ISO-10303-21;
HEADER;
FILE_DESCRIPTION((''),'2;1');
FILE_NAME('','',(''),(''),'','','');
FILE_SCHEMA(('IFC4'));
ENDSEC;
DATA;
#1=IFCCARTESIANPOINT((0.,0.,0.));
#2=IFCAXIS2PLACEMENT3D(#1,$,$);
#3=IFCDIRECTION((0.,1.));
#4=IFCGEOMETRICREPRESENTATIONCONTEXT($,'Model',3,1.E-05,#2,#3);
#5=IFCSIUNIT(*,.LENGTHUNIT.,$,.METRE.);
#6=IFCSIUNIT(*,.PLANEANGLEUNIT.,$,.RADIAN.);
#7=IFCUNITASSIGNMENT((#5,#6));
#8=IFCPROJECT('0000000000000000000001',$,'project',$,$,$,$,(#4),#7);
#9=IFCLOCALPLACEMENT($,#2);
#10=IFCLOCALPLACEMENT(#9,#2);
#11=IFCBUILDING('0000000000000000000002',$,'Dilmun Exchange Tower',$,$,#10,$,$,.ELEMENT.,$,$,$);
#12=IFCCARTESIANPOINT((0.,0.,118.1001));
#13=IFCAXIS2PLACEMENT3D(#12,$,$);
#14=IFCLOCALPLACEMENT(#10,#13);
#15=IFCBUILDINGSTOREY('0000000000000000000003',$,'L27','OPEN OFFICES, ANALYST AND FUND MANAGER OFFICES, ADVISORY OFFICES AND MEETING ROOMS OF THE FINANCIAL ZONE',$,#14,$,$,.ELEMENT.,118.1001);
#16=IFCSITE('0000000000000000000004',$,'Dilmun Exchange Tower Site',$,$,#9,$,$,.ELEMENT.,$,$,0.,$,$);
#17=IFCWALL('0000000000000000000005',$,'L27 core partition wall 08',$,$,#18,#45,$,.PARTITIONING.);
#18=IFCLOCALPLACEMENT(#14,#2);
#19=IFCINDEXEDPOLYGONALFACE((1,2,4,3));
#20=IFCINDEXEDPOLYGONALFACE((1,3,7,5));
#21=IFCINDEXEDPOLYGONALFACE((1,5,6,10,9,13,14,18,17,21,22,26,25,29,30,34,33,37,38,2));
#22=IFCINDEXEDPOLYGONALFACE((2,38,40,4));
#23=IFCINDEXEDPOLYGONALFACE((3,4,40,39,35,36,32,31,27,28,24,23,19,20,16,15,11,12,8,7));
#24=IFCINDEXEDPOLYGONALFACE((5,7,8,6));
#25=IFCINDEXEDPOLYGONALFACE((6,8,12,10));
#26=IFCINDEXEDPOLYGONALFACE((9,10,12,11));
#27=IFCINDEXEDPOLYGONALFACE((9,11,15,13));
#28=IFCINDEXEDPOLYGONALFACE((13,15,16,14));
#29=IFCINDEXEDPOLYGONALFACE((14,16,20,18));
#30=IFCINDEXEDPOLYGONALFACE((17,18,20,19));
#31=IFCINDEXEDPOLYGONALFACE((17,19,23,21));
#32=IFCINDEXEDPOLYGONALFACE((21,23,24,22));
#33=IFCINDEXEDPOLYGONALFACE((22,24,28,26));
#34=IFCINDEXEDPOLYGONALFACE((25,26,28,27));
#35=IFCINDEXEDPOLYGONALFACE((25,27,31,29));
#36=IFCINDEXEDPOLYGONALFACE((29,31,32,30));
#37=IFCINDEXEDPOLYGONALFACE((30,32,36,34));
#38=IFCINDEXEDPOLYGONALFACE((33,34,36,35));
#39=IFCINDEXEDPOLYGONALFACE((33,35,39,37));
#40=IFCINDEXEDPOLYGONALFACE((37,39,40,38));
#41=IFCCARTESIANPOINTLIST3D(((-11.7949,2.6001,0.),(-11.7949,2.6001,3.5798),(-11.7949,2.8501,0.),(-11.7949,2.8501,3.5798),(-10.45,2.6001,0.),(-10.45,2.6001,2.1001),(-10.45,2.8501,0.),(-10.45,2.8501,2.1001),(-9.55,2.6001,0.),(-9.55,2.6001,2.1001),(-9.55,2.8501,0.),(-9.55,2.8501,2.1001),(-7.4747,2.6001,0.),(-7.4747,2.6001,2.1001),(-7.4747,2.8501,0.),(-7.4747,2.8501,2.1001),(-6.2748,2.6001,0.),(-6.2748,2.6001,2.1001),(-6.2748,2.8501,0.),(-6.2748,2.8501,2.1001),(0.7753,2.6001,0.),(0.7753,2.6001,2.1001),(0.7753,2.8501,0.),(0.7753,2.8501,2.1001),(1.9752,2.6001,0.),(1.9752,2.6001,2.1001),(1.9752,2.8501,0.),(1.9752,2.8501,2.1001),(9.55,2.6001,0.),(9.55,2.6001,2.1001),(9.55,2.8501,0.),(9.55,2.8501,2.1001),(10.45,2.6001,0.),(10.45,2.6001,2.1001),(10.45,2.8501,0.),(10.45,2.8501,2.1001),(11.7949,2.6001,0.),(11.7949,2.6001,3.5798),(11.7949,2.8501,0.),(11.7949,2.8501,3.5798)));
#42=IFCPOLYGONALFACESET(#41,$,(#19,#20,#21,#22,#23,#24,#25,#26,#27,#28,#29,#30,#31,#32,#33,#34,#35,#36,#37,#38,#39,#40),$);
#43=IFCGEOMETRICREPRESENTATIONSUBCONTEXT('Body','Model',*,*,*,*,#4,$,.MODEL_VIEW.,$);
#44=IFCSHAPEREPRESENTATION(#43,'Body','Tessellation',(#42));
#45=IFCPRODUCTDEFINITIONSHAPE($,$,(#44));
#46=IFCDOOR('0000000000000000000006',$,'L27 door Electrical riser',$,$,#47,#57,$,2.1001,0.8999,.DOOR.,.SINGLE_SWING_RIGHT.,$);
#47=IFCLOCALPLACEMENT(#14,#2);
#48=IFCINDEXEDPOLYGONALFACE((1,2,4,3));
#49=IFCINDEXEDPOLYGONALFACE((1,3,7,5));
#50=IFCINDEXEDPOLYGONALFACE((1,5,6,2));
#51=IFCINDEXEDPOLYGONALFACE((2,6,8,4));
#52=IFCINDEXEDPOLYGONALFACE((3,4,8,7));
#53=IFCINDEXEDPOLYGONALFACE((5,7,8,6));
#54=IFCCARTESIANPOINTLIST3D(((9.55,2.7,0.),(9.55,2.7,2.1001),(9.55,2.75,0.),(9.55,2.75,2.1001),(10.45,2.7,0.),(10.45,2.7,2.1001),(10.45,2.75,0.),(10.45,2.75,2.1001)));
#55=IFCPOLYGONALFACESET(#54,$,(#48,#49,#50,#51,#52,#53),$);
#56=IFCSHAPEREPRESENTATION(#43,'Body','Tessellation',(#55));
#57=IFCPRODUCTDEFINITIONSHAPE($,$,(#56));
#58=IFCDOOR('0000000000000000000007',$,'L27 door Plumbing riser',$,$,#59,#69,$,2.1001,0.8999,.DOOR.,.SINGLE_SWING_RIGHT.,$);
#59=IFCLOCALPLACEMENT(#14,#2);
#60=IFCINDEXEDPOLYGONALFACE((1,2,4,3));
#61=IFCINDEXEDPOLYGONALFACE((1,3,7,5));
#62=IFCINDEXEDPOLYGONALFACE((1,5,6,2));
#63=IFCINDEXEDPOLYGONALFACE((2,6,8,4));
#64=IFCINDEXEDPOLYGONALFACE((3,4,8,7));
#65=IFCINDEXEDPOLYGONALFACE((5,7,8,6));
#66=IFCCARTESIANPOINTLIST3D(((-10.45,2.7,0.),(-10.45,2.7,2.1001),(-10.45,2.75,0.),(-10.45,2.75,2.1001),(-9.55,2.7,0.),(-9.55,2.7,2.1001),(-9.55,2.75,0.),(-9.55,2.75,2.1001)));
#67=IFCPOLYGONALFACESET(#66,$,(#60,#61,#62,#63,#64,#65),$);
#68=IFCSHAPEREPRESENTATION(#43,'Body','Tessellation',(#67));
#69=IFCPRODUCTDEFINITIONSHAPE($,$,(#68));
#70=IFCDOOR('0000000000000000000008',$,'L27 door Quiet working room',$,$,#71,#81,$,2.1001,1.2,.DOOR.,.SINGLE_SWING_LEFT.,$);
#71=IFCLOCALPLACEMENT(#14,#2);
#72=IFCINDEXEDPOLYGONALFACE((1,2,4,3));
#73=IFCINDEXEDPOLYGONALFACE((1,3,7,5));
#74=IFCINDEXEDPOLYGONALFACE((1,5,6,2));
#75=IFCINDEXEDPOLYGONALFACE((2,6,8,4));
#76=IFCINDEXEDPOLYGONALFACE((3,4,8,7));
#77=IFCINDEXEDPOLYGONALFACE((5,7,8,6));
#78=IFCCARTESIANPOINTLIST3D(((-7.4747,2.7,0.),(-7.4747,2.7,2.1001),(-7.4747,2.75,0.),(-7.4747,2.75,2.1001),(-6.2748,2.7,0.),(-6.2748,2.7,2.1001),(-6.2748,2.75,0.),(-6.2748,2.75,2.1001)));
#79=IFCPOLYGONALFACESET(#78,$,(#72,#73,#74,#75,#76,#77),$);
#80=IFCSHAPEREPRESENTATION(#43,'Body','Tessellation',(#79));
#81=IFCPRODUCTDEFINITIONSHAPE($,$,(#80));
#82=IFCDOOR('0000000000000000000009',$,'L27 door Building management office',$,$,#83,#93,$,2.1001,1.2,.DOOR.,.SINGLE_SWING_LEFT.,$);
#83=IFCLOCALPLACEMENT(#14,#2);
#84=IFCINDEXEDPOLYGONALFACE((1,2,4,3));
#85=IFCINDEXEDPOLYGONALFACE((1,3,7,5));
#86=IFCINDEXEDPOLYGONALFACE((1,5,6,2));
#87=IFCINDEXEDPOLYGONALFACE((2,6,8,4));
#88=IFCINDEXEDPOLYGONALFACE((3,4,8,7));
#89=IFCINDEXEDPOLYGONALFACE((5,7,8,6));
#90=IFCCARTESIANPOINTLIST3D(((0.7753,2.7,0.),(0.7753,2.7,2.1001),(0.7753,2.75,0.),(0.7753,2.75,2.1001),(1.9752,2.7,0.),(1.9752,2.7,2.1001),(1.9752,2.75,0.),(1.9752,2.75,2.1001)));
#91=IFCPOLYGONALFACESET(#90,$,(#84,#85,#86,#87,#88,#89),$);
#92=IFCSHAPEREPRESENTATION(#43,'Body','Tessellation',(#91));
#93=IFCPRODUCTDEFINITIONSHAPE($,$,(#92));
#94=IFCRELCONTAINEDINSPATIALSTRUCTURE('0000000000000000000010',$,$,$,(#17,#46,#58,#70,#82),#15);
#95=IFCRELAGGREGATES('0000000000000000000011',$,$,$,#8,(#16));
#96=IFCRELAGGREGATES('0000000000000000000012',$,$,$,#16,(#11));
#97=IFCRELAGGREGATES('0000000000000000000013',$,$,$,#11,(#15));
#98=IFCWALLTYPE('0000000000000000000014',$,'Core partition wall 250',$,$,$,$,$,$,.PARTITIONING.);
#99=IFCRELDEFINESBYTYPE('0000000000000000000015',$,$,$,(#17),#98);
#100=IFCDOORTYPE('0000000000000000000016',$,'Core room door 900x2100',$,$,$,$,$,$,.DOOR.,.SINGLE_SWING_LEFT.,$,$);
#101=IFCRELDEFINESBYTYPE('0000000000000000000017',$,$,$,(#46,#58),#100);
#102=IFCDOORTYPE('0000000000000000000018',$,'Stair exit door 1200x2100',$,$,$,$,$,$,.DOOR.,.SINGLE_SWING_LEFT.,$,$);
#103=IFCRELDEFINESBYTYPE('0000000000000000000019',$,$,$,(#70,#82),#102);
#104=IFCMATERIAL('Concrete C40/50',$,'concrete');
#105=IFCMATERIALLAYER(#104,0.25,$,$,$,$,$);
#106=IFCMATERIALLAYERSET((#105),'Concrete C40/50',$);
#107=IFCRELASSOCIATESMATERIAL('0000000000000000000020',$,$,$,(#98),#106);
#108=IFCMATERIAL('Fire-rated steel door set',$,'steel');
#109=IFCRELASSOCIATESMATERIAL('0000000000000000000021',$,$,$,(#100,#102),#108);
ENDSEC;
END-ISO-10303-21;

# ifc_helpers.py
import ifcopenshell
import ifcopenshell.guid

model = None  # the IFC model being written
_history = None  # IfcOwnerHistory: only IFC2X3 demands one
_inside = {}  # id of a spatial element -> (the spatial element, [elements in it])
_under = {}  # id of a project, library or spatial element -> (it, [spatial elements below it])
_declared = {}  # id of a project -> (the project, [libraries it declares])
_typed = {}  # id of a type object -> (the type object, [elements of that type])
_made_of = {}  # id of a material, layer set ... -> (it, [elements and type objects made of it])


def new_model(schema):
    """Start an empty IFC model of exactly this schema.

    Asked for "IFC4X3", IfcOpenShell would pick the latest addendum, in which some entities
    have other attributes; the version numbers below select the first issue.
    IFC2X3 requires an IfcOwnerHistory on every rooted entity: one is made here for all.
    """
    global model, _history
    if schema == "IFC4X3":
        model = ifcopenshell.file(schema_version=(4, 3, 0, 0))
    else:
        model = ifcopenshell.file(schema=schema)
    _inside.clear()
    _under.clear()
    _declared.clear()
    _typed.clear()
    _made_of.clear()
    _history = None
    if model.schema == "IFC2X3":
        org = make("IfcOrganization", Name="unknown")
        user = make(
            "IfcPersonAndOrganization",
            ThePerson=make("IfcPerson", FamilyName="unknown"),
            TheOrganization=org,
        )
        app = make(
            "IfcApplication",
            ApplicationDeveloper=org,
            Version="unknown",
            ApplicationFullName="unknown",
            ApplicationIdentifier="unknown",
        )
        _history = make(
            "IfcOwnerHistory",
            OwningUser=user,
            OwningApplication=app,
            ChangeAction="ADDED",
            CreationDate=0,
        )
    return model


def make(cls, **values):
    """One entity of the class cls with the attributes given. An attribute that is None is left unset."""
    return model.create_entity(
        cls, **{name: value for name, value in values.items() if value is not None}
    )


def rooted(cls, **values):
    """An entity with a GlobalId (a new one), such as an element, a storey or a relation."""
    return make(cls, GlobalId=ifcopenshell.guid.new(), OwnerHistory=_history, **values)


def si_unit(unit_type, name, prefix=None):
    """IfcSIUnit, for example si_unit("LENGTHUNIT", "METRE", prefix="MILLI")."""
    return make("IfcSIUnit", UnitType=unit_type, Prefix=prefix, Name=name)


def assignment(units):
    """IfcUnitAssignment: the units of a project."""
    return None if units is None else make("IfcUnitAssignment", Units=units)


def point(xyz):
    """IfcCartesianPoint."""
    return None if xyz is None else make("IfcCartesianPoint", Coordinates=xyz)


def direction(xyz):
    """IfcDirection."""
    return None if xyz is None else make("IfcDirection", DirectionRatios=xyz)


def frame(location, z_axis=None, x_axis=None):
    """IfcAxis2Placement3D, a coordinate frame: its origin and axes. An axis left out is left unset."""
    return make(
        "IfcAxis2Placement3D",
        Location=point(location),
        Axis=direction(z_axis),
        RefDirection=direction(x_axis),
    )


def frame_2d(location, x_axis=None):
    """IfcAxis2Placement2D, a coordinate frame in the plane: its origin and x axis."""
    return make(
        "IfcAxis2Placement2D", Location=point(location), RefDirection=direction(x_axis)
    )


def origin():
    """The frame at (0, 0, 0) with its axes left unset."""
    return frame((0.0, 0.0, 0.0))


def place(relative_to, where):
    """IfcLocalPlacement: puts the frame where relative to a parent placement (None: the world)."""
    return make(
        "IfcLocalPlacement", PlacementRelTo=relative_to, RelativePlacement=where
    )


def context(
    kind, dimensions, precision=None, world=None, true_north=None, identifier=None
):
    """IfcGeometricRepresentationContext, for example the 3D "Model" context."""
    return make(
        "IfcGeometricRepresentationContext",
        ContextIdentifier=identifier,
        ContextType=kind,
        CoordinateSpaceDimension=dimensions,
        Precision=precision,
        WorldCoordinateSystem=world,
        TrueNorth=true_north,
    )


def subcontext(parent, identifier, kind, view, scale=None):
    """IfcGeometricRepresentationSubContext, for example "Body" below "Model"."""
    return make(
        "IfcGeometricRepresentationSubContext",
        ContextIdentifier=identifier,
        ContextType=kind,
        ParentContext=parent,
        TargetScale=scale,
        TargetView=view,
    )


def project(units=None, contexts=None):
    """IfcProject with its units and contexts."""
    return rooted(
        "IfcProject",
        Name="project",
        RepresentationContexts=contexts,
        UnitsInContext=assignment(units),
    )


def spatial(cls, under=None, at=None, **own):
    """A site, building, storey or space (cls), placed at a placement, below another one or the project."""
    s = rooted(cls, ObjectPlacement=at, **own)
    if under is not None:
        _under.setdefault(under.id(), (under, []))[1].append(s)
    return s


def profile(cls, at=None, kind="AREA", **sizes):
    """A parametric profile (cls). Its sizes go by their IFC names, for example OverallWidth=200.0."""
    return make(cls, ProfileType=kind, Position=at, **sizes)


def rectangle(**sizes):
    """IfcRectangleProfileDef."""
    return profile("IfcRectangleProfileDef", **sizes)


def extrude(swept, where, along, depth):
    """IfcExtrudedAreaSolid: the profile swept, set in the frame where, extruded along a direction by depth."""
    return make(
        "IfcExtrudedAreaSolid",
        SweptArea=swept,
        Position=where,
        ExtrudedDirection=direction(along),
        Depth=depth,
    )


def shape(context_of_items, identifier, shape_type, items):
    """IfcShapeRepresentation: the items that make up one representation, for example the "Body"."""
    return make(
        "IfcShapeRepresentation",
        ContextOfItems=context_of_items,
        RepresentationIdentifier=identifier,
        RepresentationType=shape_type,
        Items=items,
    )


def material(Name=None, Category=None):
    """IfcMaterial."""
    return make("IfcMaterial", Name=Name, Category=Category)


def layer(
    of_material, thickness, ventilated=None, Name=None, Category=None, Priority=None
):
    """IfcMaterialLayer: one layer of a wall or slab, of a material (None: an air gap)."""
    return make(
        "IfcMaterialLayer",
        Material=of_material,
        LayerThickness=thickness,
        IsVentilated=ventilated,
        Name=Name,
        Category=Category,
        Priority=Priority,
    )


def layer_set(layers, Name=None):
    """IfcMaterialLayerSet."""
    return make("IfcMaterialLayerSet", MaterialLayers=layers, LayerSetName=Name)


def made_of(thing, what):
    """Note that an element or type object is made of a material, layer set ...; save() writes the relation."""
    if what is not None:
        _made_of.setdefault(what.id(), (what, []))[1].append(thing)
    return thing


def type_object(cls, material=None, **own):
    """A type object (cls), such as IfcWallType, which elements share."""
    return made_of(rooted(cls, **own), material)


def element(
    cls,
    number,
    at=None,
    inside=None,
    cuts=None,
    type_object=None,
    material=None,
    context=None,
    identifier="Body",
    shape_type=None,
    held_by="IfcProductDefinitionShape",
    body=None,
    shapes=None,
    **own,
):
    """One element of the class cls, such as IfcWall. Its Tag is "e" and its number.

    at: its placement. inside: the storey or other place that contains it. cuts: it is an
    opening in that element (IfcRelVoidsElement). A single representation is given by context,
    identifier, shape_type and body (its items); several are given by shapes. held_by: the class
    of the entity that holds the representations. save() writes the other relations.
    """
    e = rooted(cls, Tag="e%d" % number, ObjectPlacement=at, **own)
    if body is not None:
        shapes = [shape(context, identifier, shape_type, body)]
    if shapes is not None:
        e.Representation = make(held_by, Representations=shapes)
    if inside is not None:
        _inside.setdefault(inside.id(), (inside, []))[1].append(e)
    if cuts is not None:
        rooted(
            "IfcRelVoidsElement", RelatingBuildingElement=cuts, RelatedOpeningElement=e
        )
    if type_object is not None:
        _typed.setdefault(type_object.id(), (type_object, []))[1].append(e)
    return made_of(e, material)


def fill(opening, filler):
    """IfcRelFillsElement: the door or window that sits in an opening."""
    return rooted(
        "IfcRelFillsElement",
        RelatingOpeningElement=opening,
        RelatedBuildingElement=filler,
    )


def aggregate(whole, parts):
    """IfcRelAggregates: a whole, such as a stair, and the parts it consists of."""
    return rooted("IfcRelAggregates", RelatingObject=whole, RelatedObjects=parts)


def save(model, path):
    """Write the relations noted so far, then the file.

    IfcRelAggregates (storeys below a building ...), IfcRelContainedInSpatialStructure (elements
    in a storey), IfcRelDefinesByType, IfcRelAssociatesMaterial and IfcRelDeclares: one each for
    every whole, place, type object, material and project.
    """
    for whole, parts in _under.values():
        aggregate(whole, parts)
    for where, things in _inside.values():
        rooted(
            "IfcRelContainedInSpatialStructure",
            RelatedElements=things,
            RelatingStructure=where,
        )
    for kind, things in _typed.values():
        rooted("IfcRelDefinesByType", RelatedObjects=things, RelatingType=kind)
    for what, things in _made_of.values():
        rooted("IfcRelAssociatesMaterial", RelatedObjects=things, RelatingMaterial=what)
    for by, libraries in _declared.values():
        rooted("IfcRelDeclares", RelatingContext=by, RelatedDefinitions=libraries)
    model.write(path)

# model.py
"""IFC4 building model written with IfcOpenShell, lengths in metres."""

from ifc_helpers import new_model, si_unit, direction, frame, frame_2d, origin, place, context, subcontext, project, spatial, rectangle, extrude, material, layer, layer_set, type_object, element, fill, save


model = new_model("IFC4")

# Units and contexts
model_context = context("Model", 3, precision=1e-05, world=origin(), true_north=direction((0.0, 1.0)))
body_context = subcontext(model_context, "Body", "Model", "MODEL_VIEW")
ifc_project = project(units=[si_unit("LENGTHUNIT", "METRE"), si_unit("PLANEANGLEUNIT", "RADIAN")], contexts=[model_context])

# Site, building, storey
site_placement = place(None, origin())
site = spatial("IfcSite", under=ifc_project, at=site_placement, Name="Dilmun Exchange Tower Site", CompositionType="ELEMENT", RefElevation=0.0)
building_placement = place(site_placement, origin())
building = spatial("IfcBuilding", under=site, at=building_placement, Name="Dilmun Exchange Tower", CompositionType="ELEMENT")
storey_placement = place(building_placement, frame((0.0, 0.0, 118.1001)))
storey = spatial("IfcBuildingStorey", under=building, at=storey_placement, Name="L27", Description="OPEN OFFICES, ANALYST AND FUND MANAGER OFFICES, ADVISORY OFFICES AND MEETING ROOMS OF THE FINANCIAL ZONE", CompositionType="ELEMENT", Elevation=118.1001)

# Shared definitions
ifc_material_1 = material(Name="Concrete C40/50", Category="concrete")

# Wall, openings, doors
ifc_layer_1 = layer(ifc_material_1, 0.25)
ifc_layer_set_1 = layer_set([ifc_layer_1], Name="Concrete C40/50")
wall_type_1 = type_object("IfcWallType", Name="Core partition wall 250", PredefinedType="PARTITIONING", material=ifc_layer_set_1)
wall_1_placement = place(storey_placement, frame((-11.7949, 2.7251, 0.0), z_axis=(0.0, 0.0, 1.0), x_axis=(1.0, 0.0, 0.0)))
wall_1 = element("IfcWall", 1, at=wall_1_placement, inside=storey, type_object=wall_type_1, Name="L27 core partition wall 08", PredefinedType="PARTITIONING", context=body_context, shape_type="SweptSolid", body=[
    extrude(rectangle(XDim=23.5898, YDim=0.25, at=frame_2d((11.7949, 0.0))), origin(), (0.0, 0.0, 1.0), 3.5798),
])
opening_1_placement = place(wall_1_placement, frame((21.345, 0.0, 0.0)))
opening_1 = element("IfcOpeningElement", 2, at=opening_1_placement, cuts=wall_1, PredefinedType="OPENING", context=body_context, shape_type="SweptSolid", body=[
    extrude(rectangle(XDim=0.8999, YDim=2.1001, at=frame_2d((0.45, 1.05))), frame((0.0, 0.135, 0.0), z_axis=(0.0, -1.0, 0.0), x_axis=(1.0, 0.0, 0.0)), (0.0, 0.0, 1.0), 0.27),
])
opening_2_placement = place(wall_1_placement, frame((1.345, 0.0, 0.0)))
opening_2 = element("IfcOpeningElement", 3, at=opening_2_placement, cuts=wall_1, PredefinedType="OPENING", context=body_context, shape_type="SweptSolid", body=[
    extrude(rectangle(XDim=0.8999, YDim=2.1001, at=frame_2d((0.45, 1.05))), frame((0.0, 0.135, 0.0), z_axis=(0.0, -1.0, 0.0), x_axis=(1.0, 0.0, 0.0)), (0.0, 0.0, 1.0), 0.27),
])
opening_3_placement = place(wall_1_placement, frame((4.3201, 0.0, 0.0)))
opening_3 = element("IfcOpeningElement", 4, at=opening_3_placement, cuts=wall_1, PredefinedType="OPENING", context=body_context, shape_type="SweptSolid", body=[
    extrude(rectangle(XDim=1.2, YDim=2.1001, at=frame_2d((0.6001, 1.05))), frame((0.0, 0.135, 0.0), z_axis=(0.0, -1.0, 0.0), x_axis=(1.0, 0.0, 0.0)), (0.0, 0.0, 1.0), 0.27),
])
opening_4_placement = place(wall_1_placement, frame((12.5701, 0.0, 0.0)))
opening_4 = element("IfcOpeningElement", 5, at=opening_4_placement, cuts=wall_1, PredefinedType="OPENING", context=body_context, shape_type="SweptSolid", body=[
    extrude(rectangle(XDim=1.2, YDim=2.1001, at=frame_2d((0.6001, 1.05))), frame((0.0, 0.135, 0.0), z_axis=(0.0, -1.0, 0.0), x_axis=(1.0, 0.0, 0.0)), (0.0, 0.0, 1.0), 0.27),
])
ifc_material_2 = material(Name="Fire-rated steel door set", Category="steel")
door_type_1 = type_object("IfcDoorType", Name="Core room door 900x2100", OperationType="SINGLE_SWING_LEFT", PredefinedType="DOOR", material=ifc_material_2)
door_1_placement = place(opening_1_placement, origin())
door_1 = element("IfcDoor", 6, at=door_1_placement, inside=storey, type_object=door_type_1, Name="L27 door Electrical riser", OperationType="SINGLE_SWING_RIGHT", OverallHeight=2.1001, OverallWidth=0.8999, PredefinedType="DOOR", context=body_context, shape_type="SweptSolid", body=[
    extrude(rectangle(XDim=0.8999, YDim=2.1001, at=frame_2d((0.45, 1.05))), frame((0.0, 0.0249, 0.0), z_axis=(0.0, -1.0, 0.0), x_axis=(1.0, 0.0, 0.0)), (0.0, 0.0, 1.0), 0.05),
])
fill(opening_1, door_1)
door_2_placement = place(opening_2_placement, origin())
door_2 = element("IfcDoor", 7, at=door_2_placement, inside=storey, type_object=door_type_1, Name="L27 door Plumbing riser", OperationType="SINGLE_SWING_RIGHT", OverallHeight=2.1001, OverallWidth=0.8999, PredefinedType="DOOR", context=body_context, shape_type="SweptSolid", body=[
    extrude(rectangle(XDim=0.8999, YDim=2.1001, at=frame_2d((0.45, 1.05))), frame((0.0, 0.0249, 0.0), z_axis=(0.0, -1.0, 0.0), x_axis=(1.0, 0.0, 0.0)), (0.0, 0.0, 1.0), 0.05),
])
fill(opening_2, door_2)
door_type_2 = type_object("IfcDoorType", Name="Stair exit door 1200x2100", OperationType="SINGLE_SWING_LEFT", PredefinedType="DOOR", material=ifc_material_2)
door_3_placement = place(opening_3_placement, origin())
door_3 = element("IfcDoor", 8, at=door_3_placement, inside=storey, type_object=door_type_2, Name="L27 door Quiet working room", OperationType="SINGLE_SWING_LEFT", OverallHeight=2.1001, OverallWidth=1.2, PredefinedType="DOOR", context=body_context, shape_type="SweptSolid", body=[
    extrude(rectangle(XDim=1.2, YDim=2.1001, at=frame_2d((0.6001, 1.05))), frame((0.0, 0.0249, 0.0), z_axis=(0.0, -1.0, 0.0), x_axis=(1.0, 0.0, 0.0)), (0.0, 0.0, 1.0), 0.05),
])
fill(opening_3, door_3)
door_4_placement = place(opening_4_placement, origin())
door_4 = element("IfcDoor", 9, at=door_4_placement, inside=storey, type_object=door_type_2, Name="L27 door Building management office", OperationType="SINGLE_SWING_LEFT", OverallHeight=2.1001, OverallWidth=1.2, PredefinedType="DOOR", context=body_context, shape_type="SweptSolid", body=[
    extrude(rectangle(XDim=1.2, YDim=2.1001, at=frame_2d((0.6001, 1.05))), frame((0.0, 0.0249, 0.0), z_axis=(0.0, -1.0, 0.0), x_axis=(1.0, 0.0, 0.0)), (0.0, 0.0, 1.0), 0.05),
])
fill(opening_4, door_4)

save(model, "model.ifc")
